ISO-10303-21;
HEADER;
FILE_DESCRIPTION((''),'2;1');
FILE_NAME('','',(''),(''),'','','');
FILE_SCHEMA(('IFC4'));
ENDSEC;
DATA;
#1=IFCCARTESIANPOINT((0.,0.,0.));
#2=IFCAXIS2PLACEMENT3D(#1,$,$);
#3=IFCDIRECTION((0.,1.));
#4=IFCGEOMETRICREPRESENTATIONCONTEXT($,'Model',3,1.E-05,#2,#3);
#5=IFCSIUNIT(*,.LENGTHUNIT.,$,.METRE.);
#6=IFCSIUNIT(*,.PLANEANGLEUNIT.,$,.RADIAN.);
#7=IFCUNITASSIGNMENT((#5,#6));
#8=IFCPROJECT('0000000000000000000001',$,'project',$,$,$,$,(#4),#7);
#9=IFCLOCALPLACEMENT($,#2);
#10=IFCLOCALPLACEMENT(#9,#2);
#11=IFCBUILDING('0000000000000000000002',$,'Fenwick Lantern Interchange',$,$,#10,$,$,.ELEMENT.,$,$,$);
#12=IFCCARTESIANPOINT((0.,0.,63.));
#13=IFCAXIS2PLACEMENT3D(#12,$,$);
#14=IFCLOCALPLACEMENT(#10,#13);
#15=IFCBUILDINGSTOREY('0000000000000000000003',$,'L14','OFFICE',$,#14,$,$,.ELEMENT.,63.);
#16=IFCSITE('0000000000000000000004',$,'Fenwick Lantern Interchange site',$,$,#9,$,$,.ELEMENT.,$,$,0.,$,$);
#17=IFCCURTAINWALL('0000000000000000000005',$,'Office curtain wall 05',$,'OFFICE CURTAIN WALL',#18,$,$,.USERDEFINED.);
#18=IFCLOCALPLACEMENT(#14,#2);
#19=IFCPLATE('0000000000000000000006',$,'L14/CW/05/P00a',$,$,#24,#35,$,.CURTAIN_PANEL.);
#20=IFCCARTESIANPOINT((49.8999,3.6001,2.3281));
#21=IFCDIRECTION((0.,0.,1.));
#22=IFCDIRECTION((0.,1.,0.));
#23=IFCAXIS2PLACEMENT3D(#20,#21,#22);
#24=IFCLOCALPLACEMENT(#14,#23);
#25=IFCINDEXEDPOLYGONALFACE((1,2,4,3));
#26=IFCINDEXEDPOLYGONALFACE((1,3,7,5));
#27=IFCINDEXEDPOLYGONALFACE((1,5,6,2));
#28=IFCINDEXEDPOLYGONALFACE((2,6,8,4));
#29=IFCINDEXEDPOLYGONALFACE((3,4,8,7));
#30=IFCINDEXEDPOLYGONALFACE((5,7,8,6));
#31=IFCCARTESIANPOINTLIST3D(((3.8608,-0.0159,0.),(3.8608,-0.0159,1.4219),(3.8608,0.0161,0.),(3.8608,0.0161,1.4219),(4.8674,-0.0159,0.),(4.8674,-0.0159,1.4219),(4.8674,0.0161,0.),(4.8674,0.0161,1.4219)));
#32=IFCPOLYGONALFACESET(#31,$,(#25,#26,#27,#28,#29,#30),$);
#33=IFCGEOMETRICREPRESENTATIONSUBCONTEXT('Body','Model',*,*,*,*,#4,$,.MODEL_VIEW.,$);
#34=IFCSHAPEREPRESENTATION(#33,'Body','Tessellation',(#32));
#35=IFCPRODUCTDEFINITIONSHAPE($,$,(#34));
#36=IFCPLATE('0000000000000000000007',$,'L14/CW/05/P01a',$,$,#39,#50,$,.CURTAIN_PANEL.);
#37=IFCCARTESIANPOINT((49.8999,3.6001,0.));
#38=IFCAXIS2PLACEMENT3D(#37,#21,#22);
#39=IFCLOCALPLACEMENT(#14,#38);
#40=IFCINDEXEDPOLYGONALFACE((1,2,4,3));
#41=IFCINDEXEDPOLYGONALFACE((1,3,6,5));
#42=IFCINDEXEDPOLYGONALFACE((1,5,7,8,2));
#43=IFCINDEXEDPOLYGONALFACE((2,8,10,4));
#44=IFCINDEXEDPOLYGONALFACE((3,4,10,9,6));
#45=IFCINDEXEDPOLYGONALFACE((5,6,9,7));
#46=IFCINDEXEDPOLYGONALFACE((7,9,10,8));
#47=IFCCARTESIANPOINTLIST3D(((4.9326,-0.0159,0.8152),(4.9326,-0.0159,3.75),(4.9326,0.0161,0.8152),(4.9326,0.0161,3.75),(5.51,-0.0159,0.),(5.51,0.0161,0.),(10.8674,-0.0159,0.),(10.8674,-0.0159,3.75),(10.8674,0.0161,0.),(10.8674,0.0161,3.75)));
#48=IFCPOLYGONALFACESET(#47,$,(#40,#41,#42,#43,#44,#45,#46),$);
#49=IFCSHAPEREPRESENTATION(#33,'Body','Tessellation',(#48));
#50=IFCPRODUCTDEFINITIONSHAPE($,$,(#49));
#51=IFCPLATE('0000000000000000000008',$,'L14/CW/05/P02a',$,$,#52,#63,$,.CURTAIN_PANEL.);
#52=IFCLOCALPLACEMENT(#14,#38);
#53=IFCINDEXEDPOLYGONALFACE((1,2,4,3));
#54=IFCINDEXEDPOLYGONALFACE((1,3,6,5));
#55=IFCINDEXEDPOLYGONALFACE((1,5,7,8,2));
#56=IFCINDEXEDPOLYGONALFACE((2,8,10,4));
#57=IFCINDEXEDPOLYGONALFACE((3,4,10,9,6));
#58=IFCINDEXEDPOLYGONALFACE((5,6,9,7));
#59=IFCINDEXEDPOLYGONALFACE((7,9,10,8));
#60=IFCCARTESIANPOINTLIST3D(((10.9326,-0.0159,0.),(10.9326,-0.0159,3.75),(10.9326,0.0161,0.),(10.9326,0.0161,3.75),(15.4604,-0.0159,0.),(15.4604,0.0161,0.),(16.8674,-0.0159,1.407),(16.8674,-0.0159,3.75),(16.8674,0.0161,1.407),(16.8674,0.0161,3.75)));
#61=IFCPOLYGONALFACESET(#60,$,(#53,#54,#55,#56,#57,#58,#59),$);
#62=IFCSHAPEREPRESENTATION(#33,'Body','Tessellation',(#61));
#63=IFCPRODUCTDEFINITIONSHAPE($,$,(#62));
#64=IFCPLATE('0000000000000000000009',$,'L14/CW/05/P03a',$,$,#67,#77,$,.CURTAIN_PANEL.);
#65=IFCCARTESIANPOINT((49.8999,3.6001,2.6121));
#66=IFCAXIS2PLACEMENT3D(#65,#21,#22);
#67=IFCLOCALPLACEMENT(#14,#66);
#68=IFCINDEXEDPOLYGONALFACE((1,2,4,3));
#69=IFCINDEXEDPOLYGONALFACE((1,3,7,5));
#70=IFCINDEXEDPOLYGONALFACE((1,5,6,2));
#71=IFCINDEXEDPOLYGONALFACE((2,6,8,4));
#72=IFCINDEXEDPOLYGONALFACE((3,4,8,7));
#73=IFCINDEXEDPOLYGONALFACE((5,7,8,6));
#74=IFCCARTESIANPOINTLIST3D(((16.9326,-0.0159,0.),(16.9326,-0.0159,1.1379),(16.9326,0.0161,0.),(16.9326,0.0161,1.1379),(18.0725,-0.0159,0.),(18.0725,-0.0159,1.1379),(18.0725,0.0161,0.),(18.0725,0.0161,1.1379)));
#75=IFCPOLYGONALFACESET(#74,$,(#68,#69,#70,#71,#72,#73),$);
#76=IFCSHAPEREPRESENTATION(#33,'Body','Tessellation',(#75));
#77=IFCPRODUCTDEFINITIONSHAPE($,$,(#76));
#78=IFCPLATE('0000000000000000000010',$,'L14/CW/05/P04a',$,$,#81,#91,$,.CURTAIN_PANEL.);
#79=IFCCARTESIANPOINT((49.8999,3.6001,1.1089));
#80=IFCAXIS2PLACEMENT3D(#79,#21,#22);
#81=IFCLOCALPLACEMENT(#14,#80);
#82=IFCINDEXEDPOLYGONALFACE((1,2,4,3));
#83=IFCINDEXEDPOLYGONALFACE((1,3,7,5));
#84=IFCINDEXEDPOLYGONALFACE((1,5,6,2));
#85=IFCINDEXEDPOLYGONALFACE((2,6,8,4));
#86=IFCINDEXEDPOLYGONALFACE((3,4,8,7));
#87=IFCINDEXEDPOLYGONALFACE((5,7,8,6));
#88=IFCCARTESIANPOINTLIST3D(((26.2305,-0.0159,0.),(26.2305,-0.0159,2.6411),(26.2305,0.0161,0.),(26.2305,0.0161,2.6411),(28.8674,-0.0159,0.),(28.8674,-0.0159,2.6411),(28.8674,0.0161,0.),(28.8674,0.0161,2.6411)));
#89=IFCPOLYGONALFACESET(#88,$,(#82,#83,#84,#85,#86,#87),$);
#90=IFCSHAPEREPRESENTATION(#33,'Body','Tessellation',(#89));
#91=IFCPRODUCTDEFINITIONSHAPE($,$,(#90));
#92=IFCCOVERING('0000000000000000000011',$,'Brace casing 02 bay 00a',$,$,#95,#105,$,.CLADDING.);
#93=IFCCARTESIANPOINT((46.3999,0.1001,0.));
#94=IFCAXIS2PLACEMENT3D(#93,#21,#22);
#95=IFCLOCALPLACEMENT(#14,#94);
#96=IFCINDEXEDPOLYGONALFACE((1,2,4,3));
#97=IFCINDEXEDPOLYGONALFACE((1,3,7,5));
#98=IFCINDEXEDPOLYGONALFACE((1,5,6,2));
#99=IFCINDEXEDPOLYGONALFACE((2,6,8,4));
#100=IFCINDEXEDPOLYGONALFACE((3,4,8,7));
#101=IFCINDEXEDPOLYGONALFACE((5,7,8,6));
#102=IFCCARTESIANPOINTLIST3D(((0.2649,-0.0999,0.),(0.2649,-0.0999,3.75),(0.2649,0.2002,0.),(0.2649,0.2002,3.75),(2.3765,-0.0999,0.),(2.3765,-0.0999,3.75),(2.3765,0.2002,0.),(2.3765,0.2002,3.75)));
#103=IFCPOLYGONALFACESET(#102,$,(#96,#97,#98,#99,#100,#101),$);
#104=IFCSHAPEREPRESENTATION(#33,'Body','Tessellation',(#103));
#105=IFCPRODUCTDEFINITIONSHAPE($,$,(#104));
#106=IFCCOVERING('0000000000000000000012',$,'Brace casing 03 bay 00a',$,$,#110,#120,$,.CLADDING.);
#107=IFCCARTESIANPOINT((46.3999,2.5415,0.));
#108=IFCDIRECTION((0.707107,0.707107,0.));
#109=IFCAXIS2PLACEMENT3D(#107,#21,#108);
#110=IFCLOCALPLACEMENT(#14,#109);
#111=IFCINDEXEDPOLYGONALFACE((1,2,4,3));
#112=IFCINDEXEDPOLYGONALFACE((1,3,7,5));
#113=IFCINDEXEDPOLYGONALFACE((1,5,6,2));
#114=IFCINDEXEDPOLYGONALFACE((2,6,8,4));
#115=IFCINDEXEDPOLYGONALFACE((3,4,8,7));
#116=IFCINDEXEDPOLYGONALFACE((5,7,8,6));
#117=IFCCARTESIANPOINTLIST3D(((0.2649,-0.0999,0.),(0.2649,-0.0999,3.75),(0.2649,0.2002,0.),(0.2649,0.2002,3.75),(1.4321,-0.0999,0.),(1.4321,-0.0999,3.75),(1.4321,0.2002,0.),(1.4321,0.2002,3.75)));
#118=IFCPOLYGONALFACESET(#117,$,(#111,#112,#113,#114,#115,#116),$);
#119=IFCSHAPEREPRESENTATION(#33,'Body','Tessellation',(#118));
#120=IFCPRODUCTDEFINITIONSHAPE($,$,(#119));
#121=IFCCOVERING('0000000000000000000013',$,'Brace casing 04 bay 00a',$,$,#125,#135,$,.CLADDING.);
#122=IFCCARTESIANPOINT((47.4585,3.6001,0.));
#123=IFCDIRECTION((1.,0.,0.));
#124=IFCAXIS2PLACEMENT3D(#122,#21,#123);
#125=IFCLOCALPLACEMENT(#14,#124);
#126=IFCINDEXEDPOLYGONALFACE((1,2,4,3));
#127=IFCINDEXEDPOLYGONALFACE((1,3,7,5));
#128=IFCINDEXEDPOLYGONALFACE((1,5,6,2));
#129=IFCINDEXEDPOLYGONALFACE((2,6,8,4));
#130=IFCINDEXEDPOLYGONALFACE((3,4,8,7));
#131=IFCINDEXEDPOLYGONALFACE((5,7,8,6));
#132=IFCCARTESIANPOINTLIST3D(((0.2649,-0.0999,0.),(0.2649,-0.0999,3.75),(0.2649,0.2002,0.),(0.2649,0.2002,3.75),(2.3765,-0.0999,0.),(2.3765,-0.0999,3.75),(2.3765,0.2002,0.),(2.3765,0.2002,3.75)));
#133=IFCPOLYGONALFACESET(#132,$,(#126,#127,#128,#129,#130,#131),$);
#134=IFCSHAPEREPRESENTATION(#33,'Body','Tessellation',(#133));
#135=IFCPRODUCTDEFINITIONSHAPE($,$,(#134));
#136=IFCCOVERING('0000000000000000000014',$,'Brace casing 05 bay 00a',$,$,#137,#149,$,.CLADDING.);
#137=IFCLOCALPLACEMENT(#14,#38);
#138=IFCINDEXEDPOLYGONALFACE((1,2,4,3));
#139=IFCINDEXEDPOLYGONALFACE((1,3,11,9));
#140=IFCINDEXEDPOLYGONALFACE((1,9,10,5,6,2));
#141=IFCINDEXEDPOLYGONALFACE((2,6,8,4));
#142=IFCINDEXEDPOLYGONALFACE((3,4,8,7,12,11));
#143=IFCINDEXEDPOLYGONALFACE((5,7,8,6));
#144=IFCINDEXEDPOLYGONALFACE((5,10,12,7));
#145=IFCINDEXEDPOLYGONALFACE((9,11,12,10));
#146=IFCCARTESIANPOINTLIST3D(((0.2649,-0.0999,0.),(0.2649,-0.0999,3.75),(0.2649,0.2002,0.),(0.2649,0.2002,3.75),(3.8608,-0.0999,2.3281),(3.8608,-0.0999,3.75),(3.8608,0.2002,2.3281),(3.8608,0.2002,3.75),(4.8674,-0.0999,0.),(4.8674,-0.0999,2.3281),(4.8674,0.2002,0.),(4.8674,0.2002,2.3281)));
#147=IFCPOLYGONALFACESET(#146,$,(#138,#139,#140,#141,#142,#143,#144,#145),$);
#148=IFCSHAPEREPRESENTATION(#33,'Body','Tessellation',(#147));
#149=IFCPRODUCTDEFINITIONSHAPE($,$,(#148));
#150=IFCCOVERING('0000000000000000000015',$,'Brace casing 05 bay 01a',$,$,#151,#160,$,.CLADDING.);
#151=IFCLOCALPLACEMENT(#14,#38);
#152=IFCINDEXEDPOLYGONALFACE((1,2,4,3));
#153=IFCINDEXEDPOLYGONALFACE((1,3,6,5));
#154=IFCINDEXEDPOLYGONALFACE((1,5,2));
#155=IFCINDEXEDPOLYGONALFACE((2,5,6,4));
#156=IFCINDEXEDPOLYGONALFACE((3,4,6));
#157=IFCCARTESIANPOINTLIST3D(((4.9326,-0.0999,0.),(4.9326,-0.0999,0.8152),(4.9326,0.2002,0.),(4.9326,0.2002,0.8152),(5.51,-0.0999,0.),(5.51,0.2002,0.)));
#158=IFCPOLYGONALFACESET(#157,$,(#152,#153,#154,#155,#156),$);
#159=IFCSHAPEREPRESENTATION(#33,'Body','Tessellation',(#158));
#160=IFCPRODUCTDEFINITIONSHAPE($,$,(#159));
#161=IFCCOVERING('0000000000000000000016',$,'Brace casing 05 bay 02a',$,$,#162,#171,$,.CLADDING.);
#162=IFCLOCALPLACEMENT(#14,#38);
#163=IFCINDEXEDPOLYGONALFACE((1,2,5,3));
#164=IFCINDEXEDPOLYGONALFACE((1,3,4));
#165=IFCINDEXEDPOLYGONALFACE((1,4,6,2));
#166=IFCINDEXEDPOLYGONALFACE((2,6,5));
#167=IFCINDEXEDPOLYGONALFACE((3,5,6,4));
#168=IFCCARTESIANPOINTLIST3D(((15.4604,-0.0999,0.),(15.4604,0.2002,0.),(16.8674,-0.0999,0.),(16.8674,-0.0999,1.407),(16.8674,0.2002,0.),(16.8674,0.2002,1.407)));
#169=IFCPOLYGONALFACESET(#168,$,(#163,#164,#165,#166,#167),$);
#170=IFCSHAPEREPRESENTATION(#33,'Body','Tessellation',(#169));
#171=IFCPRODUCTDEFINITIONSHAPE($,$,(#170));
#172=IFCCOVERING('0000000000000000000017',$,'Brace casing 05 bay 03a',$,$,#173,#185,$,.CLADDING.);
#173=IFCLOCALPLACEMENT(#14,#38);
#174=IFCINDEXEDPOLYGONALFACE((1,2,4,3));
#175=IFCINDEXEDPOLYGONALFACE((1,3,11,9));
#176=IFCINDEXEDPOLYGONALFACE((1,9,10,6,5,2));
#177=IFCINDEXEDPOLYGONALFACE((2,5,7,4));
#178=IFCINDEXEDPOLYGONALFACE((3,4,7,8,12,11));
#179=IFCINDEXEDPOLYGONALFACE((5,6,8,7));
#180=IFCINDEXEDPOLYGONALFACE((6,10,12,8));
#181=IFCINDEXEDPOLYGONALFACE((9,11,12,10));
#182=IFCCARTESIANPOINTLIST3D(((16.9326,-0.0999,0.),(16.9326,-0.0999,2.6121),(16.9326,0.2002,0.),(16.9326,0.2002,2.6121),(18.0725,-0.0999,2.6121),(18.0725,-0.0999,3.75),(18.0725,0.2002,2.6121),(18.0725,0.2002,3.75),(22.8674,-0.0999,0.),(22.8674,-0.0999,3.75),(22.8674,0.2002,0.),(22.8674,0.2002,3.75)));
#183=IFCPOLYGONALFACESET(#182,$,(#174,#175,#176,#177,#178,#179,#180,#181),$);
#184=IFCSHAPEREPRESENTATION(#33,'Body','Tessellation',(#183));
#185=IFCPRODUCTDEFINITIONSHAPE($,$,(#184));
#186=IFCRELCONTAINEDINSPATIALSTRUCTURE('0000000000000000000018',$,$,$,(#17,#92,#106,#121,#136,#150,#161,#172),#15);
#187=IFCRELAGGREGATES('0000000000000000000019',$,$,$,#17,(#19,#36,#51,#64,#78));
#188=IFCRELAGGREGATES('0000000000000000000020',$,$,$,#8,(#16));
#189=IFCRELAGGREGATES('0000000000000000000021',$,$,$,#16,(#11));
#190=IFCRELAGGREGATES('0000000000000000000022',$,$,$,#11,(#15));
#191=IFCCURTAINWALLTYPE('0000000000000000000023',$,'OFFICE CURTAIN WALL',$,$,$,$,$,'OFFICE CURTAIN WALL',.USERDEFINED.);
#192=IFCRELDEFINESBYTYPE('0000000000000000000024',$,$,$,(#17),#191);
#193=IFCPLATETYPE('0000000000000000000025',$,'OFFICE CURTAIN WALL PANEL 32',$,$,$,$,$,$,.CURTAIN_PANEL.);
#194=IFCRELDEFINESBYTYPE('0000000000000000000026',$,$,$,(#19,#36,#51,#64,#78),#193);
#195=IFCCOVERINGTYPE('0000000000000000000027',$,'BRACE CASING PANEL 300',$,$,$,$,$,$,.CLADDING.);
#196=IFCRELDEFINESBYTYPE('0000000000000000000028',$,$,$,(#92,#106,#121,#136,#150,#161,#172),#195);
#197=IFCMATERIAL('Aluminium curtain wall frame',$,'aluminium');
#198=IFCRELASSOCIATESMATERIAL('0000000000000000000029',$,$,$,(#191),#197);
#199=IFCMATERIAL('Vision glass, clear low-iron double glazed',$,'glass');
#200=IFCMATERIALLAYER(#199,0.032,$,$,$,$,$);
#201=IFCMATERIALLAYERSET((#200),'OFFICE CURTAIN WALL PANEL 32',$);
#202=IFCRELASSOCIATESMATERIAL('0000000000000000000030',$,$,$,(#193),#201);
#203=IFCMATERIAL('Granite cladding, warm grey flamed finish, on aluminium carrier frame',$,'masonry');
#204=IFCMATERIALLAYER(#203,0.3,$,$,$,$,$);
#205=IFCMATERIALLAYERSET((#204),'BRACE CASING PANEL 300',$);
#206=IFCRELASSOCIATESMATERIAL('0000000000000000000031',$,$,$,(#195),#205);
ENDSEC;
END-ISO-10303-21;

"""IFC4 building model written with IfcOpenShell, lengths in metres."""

from ifc_helpers import new_model, si_unit, direction, frame, origin, place, context, subcontext, project, spatial, polyline, outline, extrude, material, layer, layer_set, type_object, element, aggregate, save


model = new_model("IFC4")

# Units and contexts
model_context = context("Model", 3, precision=1e-05, world=origin(), true_north=direction((0.0, 1.0)))
body_context = subcontext(model_context, "Body", "Model", "MODEL_VIEW")
ifc_project = project(units=[si_unit("LENGTHUNIT", "METRE"), si_unit("PLANEANGLEUNIT", "RADIAN")], contexts=[model_context])

# Site, building, storey
site_placement = place(None, origin())
site = spatial("IfcSite", under=ifc_project, at=site_placement, Name="Fenwick Lantern Interchange site", CompositionType="ELEMENT", RefElevation=0.0)
building_placement = place(site_placement, origin())
building = spatial("IfcBuilding", under=site, at=building_placement, Name="Fenwick Lantern Interchange", CompositionType="ELEMENT")
storey_placement = place(building_placement, frame((0.0, 0.0, 63.0)))
storey = spatial("IfcBuildingStorey", under=building, at=storey_placement, Name="L14", Description="OFFICE", CompositionType="ELEMENT", Elevation=63.0)

# Shared definitions
ifc_material_1 = material(Name="Aluminium curtain wall frame", Category="aluminium")
curtain_wall_type = type_object("IfcCurtainWallType", Name="OFFICE CURTAIN WALL", ElementType="OFFICE CURTAIN WALL", PredefinedType="USERDEFINED", material=ifc_material_1)

# Curtain wall, plates
curtain_wall_1_placement = place(storey_placement, origin())
curtain_wall_1 = element("IfcCurtainWall", 1, at=curtain_wall_1_placement, inside=storey, type_object=curtain_wall_type, Name="Office curtain wall 05", ObjectType="OFFICE CURTAIN WALL", PredefinedType="USERDEFINED")
ifc_material_2 = material(Name="Vision glass, clear low-iron double glazed", Category="glass")
ifc_layer_1 = layer(ifc_material_2, 0.032)
ifc_layer_set_1 = layer_set([ifc_layer_1], Name="OFFICE CURTAIN WALL PANEL 32")
plate_type = type_object("IfcPlateType", Name="OFFICE CURTAIN WALL PANEL 32", PredefinedType="CURTAIN_PANEL", material=ifc_layer_set_1)
plate_1_placement = place(storey_placement, frame((49.8999, 3.6001, 2.3281), z_axis=(0.0, 0.0, 1.0), x_axis=(0.0, 1.0, 0.0)))
plate_1 = element("IfcPlate", 2, at=plate_1_placement, type_object=plate_type, Name="L14/CW/05/P00a", PredefinedType="CURTAIN_PANEL", context=body_context, shape_type="SweptSolid", body=[
    extrude(outline(polyline([(3.8608, 0.0), (4.8674, 0.0), (4.8674, 1.4219), (3.8608, 1.4219), (3.8608, 0.0)])), frame((0.0, 0.0161, 0.0), z_axis=(0.0, -1.0, 0.0), x_axis=(1.0, 0.0, 0.0)), (0.0, 0.0, 1.0), 0.032),
])
plate_2_placement = place(storey_placement, frame((49.8999, 3.6001, 0.0), z_axis=(0.0, 0.0, 1.0), x_axis=(0.0, 1.0, 0.0)))
plate_2 = element("IfcPlate", 3, at=plate_2_placement, type_object=plate_type, Name="L14/CW/05/P01a", PredefinedType="CURTAIN_PANEL", context=body_context, shape_type="SweptSolid", body=[
    extrude(outline(polyline([(5.51, 0.0), (10.8674, 0.0), (10.8674, 3.75), (4.9326, 3.75), (4.9326, 0.8152), (5.51, 0.0)])), frame((0.0, 0.0161, 0.0), z_axis=(0.0, -1.0, 0.0), x_axis=(1.0, 0.0, 0.0)), (0.0, 0.0, 1.0), 0.032),
])
plate_3_placement = place(storey_placement, frame((49.8999, 3.6001, 0.0), z_axis=(0.0, 0.0, 1.0), x_axis=(0.0, 1.0, 0.0)))
plate_3 = element("IfcPlate", 4, at=plate_3_placement, type_object=plate_type, Name="L14/CW/05/P02a", PredefinedType="CURTAIN_PANEL", context=body_context, shape_type="SweptSolid", body=[
    extrude(outline(polyline([(10.9326, 0.0), (15.4604, 0.0), (16.8674, 1.407), (16.8674, 3.75), (10.9326, 3.75), (10.9326, 0.0)])), frame((0.0, 0.0161, 0.0), z_axis=(0.0, -1.0, 0.0), x_axis=(1.0, 0.0, 0.0)), (0.0, 0.0, 1.0), 0.032),
])
plate_4_placement = place(storey_placement, frame((49.8999, 3.6001, 2.6121), z_axis=(0.0, 0.0, 1.0), x_axis=(0.0, 1.0, 0.0)))
plate_4 = element("IfcPlate", 5, at=plate_4_placement, type_object=plate_type, Name="L14/CW/05/P03a", PredefinedType="CURTAIN_PANEL", context=body_context, shape_type="SweptSolid", body=[
    extrude(outline(polyline([(16.9326, 0.0), (18.0725, 0.0), (18.0725, 1.1379), (16.9326, 1.1379), (16.9326, 0.0)])), frame((0.0, 0.0161, 0.0), z_axis=(0.0, -1.0, 0.0), x_axis=(1.0, 0.0, 0.0)), (0.0, 0.0, 1.0), 0.032),
])
plate_5_placement = place(storey_placement, frame((49.8999, 3.6001, 1.1089), z_axis=(0.0, 0.0, 1.0), x_axis=(0.0, 1.0, 0.0)))
plate_5 = element("IfcPlate", 6, at=plate_5_placement, type_object=plate_type, Name="L14/CW/05/P04a", PredefinedType="CURTAIN_PANEL", context=body_context, shape_type="SweptSolid", body=[
    extrude(outline(polyline([(26.2305, 0.0), (28.8674, 0.0), (28.8674, 2.6411), (26.2305, 2.6411), (26.2305, 0.0)])), frame((0.0, 0.0161, 0.0), z_axis=(0.0, -1.0, 0.0), x_axis=(1.0, 0.0, 0.0)), (0.0, 0.0, 1.0), 0.032),
])
aggregate(curtain_wall_1, [plate_1, plate_2, plate_3, plate_4, plate_5])

# Coverings
ifc_material_3 = material(Name="Granite cladding, warm grey flamed finish, on aluminium carrier frame", Category="masonry")
ifc_layer_2 = layer(ifc_material_3, 0.3)
ifc_layer_set_2 = layer_set([ifc_layer_2], Name="BRACE CASING PANEL 300")
covering_type = type_object("IfcCoveringType", Name="BRACE CASING PANEL 300", PredefinedType="CLADDING", material=ifc_layer_set_2)
covering_1_placement = place(storey_placement, frame((46.3999, 0.1001, 0.0), z_axis=(0.0, 0.0, 1.0), x_axis=(0.0, 1.0, 0.0)))
element("IfcCovering", 7, at=covering_1_placement, inside=storey, type_object=covering_type, Name="Brace casing 02 bay 00a", PredefinedType="CLADDING", context=body_context, shape_type="SweptSolid", body=[
    extrude(outline(polyline([(0.2649, 0.0), (2.3765, 0.0), (2.3765, 3.75), (0.2649, 3.75), (0.2649, 0.0)])), frame((0.0, 0.2002, 0.0), z_axis=(0.0, -1.0, 0.0), x_axis=(1.0, 0.0, 0.0)), (0.0, 0.0, 1.0), 0.3),
])
covering_2_placement = place(storey_placement, frame((46.3999, 2.5415, 0.0), z_axis=(0.0, 0.0, 1.0), x_axis=(0.707107, 0.707107, 0.0)))
element("IfcCovering", 8, at=covering_2_placement, inside=storey, type_object=covering_type, Name="Brace casing 03 bay 00a", PredefinedType="CLADDING", context=body_context, shape_type="SweptSolid", body=[
    extrude(outline(polyline([(0.2649, 0.0), (1.4321, 0.0), (1.4321, 3.75), (0.2649, 3.75), (0.2649, 0.0)])), frame((0.0, 0.2002, 0.0), z_axis=(0.0, -1.0, 0.0), x_axis=(1.0, 0.0, 0.0)), (0.0, 0.0, 1.0), 0.3),
])
covering_3_placement = place(storey_placement, frame((47.4585, 3.6001, 0.0), z_axis=(0.0, 0.0, 1.0), x_axis=(1.0, 0.0, 0.0)))
element("IfcCovering", 9, at=covering_3_placement, inside=storey, type_object=covering_type, Name="Brace casing 04 bay 00a", PredefinedType="CLADDING", context=body_context, shape_type="SweptSolid", body=[
    extrude(outline(polyline([(0.2649, 0.0), (2.3765, 0.0), (2.3765, 3.75), (0.2649, 3.75), (0.2649, 0.0)])), frame((0.0, 0.2002, 0.0), z_axis=(0.0, -1.0, 0.0), x_axis=(1.0, 0.0, 0.0)), (0.0, 0.0, 1.0), 0.3),
])
covering_4_placement = place(storey_placement, frame((49.8999, 3.6001, 0.0), z_axis=(0.0, 0.0, 1.0), x_axis=(0.0, 1.0, 0.0)))
element("IfcCovering", 10, at=covering_4_placement, inside=storey, type_object=covering_type, Name="Brace casing 05 bay 00a", PredefinedType="CLADDING", context=body_context, shape_type="SweptSolid", body=[
    extrude(outline(polyline([(0.2649, 0.0), (4.8674, 0.0), (4.8674, 2.3281), (3.8608, 2.3281), (3.8608, 3.75), (0.2649, 3.75), (0.2649, 0.0)])), frame((0.0, 0.2002, 0.0), z_axis=(0.0, -1.0, 0.0), x_axis=(1.0, 0.0, 0.0)), (0.0, 0.0, 1.0), 0.3),
])
covering_5_placement = place(storey_placement, frame((49.8999, 3.6001, 0.0), z_axis=(0.0, 0.0, 1.0), x_axis=(0.0, 1.0, 0.0)))
element("IfcCovering", 11, at=covering_5_placement, inside=storey, type_object=covering_type, Name="Brace casing 05 bay 01a", PredefinedType="CLADDING", context=body_context, shape_type="SweptSolid", body=[
    extrude(outline(polyline([(4.9326, 0.0), (5.51, 0.0), (4.9326, 0.8152), (4.9326, 0.0)])), frame((0.0, 0.2002, 0.0), z_axis=(0.0, -1.0, 0.0), x_axis=(1.0, 0.0, 0.0)), (0.0, 0.0, 1.0), 0.3),
])
covering_6_placement = place(storey_placement, frame((49.8999, 3.6001, 0.0), z_axis=(0.0, 0.0, 1.0), x_axis=(0.0, 1.0, 0.0)))
element("IfcCovering", 12, at=covering_6_placement, inside=storey, type_object=covering_type, Name="Brace casing 05 bay 02a", PredefinedType="CLADDING", context=body_context, shape_type="SweptSolid", body=[
    extrude(outline(polyline([(15.4604, 0.0), (16.8674, 0.0), (16.8674, 1.407), (15.4604, 0.0)])), frame((0.0, 0.2002, 0.0), z_axis=(0.0, -1.0, 0.0), x_axis=(1.0, 0.0, 0.0)), (0.0, 0.0, 1.0), 0.3),
])
covering_7_placement = place(storey_placement, frame((49.8999, 3.6001, 0.0), z_axis=(0.0, 0.0, 1.0), x_axis=(0.0, 1.0, 0.0)))
element("IfcCovering", 13, at=covering_7_placement, inside=storey, type_object=covering_type, Name="Brace casing 05 bay 03a", PredefinedType="CLADDING", context=body_context, shape_type="SweptSolid", body=[
    extrude(outline(polyline([(16.9326, 0.0), (22.8674, 0.0), (22.8674, 3.75), (18.0725, 3.75), (18.0725, 2.6121), (16.9326, 2.6121), (16.9326, 0.0)])), frame((0.0, 0.2002, 0.0), z_axis=(0.0, -1.0, 0.0), x_axis=(1.0, 0.0, 0.0)), (0.0, 0.0, 1.0), 0.3),
])

save(model, "model.ifc")
